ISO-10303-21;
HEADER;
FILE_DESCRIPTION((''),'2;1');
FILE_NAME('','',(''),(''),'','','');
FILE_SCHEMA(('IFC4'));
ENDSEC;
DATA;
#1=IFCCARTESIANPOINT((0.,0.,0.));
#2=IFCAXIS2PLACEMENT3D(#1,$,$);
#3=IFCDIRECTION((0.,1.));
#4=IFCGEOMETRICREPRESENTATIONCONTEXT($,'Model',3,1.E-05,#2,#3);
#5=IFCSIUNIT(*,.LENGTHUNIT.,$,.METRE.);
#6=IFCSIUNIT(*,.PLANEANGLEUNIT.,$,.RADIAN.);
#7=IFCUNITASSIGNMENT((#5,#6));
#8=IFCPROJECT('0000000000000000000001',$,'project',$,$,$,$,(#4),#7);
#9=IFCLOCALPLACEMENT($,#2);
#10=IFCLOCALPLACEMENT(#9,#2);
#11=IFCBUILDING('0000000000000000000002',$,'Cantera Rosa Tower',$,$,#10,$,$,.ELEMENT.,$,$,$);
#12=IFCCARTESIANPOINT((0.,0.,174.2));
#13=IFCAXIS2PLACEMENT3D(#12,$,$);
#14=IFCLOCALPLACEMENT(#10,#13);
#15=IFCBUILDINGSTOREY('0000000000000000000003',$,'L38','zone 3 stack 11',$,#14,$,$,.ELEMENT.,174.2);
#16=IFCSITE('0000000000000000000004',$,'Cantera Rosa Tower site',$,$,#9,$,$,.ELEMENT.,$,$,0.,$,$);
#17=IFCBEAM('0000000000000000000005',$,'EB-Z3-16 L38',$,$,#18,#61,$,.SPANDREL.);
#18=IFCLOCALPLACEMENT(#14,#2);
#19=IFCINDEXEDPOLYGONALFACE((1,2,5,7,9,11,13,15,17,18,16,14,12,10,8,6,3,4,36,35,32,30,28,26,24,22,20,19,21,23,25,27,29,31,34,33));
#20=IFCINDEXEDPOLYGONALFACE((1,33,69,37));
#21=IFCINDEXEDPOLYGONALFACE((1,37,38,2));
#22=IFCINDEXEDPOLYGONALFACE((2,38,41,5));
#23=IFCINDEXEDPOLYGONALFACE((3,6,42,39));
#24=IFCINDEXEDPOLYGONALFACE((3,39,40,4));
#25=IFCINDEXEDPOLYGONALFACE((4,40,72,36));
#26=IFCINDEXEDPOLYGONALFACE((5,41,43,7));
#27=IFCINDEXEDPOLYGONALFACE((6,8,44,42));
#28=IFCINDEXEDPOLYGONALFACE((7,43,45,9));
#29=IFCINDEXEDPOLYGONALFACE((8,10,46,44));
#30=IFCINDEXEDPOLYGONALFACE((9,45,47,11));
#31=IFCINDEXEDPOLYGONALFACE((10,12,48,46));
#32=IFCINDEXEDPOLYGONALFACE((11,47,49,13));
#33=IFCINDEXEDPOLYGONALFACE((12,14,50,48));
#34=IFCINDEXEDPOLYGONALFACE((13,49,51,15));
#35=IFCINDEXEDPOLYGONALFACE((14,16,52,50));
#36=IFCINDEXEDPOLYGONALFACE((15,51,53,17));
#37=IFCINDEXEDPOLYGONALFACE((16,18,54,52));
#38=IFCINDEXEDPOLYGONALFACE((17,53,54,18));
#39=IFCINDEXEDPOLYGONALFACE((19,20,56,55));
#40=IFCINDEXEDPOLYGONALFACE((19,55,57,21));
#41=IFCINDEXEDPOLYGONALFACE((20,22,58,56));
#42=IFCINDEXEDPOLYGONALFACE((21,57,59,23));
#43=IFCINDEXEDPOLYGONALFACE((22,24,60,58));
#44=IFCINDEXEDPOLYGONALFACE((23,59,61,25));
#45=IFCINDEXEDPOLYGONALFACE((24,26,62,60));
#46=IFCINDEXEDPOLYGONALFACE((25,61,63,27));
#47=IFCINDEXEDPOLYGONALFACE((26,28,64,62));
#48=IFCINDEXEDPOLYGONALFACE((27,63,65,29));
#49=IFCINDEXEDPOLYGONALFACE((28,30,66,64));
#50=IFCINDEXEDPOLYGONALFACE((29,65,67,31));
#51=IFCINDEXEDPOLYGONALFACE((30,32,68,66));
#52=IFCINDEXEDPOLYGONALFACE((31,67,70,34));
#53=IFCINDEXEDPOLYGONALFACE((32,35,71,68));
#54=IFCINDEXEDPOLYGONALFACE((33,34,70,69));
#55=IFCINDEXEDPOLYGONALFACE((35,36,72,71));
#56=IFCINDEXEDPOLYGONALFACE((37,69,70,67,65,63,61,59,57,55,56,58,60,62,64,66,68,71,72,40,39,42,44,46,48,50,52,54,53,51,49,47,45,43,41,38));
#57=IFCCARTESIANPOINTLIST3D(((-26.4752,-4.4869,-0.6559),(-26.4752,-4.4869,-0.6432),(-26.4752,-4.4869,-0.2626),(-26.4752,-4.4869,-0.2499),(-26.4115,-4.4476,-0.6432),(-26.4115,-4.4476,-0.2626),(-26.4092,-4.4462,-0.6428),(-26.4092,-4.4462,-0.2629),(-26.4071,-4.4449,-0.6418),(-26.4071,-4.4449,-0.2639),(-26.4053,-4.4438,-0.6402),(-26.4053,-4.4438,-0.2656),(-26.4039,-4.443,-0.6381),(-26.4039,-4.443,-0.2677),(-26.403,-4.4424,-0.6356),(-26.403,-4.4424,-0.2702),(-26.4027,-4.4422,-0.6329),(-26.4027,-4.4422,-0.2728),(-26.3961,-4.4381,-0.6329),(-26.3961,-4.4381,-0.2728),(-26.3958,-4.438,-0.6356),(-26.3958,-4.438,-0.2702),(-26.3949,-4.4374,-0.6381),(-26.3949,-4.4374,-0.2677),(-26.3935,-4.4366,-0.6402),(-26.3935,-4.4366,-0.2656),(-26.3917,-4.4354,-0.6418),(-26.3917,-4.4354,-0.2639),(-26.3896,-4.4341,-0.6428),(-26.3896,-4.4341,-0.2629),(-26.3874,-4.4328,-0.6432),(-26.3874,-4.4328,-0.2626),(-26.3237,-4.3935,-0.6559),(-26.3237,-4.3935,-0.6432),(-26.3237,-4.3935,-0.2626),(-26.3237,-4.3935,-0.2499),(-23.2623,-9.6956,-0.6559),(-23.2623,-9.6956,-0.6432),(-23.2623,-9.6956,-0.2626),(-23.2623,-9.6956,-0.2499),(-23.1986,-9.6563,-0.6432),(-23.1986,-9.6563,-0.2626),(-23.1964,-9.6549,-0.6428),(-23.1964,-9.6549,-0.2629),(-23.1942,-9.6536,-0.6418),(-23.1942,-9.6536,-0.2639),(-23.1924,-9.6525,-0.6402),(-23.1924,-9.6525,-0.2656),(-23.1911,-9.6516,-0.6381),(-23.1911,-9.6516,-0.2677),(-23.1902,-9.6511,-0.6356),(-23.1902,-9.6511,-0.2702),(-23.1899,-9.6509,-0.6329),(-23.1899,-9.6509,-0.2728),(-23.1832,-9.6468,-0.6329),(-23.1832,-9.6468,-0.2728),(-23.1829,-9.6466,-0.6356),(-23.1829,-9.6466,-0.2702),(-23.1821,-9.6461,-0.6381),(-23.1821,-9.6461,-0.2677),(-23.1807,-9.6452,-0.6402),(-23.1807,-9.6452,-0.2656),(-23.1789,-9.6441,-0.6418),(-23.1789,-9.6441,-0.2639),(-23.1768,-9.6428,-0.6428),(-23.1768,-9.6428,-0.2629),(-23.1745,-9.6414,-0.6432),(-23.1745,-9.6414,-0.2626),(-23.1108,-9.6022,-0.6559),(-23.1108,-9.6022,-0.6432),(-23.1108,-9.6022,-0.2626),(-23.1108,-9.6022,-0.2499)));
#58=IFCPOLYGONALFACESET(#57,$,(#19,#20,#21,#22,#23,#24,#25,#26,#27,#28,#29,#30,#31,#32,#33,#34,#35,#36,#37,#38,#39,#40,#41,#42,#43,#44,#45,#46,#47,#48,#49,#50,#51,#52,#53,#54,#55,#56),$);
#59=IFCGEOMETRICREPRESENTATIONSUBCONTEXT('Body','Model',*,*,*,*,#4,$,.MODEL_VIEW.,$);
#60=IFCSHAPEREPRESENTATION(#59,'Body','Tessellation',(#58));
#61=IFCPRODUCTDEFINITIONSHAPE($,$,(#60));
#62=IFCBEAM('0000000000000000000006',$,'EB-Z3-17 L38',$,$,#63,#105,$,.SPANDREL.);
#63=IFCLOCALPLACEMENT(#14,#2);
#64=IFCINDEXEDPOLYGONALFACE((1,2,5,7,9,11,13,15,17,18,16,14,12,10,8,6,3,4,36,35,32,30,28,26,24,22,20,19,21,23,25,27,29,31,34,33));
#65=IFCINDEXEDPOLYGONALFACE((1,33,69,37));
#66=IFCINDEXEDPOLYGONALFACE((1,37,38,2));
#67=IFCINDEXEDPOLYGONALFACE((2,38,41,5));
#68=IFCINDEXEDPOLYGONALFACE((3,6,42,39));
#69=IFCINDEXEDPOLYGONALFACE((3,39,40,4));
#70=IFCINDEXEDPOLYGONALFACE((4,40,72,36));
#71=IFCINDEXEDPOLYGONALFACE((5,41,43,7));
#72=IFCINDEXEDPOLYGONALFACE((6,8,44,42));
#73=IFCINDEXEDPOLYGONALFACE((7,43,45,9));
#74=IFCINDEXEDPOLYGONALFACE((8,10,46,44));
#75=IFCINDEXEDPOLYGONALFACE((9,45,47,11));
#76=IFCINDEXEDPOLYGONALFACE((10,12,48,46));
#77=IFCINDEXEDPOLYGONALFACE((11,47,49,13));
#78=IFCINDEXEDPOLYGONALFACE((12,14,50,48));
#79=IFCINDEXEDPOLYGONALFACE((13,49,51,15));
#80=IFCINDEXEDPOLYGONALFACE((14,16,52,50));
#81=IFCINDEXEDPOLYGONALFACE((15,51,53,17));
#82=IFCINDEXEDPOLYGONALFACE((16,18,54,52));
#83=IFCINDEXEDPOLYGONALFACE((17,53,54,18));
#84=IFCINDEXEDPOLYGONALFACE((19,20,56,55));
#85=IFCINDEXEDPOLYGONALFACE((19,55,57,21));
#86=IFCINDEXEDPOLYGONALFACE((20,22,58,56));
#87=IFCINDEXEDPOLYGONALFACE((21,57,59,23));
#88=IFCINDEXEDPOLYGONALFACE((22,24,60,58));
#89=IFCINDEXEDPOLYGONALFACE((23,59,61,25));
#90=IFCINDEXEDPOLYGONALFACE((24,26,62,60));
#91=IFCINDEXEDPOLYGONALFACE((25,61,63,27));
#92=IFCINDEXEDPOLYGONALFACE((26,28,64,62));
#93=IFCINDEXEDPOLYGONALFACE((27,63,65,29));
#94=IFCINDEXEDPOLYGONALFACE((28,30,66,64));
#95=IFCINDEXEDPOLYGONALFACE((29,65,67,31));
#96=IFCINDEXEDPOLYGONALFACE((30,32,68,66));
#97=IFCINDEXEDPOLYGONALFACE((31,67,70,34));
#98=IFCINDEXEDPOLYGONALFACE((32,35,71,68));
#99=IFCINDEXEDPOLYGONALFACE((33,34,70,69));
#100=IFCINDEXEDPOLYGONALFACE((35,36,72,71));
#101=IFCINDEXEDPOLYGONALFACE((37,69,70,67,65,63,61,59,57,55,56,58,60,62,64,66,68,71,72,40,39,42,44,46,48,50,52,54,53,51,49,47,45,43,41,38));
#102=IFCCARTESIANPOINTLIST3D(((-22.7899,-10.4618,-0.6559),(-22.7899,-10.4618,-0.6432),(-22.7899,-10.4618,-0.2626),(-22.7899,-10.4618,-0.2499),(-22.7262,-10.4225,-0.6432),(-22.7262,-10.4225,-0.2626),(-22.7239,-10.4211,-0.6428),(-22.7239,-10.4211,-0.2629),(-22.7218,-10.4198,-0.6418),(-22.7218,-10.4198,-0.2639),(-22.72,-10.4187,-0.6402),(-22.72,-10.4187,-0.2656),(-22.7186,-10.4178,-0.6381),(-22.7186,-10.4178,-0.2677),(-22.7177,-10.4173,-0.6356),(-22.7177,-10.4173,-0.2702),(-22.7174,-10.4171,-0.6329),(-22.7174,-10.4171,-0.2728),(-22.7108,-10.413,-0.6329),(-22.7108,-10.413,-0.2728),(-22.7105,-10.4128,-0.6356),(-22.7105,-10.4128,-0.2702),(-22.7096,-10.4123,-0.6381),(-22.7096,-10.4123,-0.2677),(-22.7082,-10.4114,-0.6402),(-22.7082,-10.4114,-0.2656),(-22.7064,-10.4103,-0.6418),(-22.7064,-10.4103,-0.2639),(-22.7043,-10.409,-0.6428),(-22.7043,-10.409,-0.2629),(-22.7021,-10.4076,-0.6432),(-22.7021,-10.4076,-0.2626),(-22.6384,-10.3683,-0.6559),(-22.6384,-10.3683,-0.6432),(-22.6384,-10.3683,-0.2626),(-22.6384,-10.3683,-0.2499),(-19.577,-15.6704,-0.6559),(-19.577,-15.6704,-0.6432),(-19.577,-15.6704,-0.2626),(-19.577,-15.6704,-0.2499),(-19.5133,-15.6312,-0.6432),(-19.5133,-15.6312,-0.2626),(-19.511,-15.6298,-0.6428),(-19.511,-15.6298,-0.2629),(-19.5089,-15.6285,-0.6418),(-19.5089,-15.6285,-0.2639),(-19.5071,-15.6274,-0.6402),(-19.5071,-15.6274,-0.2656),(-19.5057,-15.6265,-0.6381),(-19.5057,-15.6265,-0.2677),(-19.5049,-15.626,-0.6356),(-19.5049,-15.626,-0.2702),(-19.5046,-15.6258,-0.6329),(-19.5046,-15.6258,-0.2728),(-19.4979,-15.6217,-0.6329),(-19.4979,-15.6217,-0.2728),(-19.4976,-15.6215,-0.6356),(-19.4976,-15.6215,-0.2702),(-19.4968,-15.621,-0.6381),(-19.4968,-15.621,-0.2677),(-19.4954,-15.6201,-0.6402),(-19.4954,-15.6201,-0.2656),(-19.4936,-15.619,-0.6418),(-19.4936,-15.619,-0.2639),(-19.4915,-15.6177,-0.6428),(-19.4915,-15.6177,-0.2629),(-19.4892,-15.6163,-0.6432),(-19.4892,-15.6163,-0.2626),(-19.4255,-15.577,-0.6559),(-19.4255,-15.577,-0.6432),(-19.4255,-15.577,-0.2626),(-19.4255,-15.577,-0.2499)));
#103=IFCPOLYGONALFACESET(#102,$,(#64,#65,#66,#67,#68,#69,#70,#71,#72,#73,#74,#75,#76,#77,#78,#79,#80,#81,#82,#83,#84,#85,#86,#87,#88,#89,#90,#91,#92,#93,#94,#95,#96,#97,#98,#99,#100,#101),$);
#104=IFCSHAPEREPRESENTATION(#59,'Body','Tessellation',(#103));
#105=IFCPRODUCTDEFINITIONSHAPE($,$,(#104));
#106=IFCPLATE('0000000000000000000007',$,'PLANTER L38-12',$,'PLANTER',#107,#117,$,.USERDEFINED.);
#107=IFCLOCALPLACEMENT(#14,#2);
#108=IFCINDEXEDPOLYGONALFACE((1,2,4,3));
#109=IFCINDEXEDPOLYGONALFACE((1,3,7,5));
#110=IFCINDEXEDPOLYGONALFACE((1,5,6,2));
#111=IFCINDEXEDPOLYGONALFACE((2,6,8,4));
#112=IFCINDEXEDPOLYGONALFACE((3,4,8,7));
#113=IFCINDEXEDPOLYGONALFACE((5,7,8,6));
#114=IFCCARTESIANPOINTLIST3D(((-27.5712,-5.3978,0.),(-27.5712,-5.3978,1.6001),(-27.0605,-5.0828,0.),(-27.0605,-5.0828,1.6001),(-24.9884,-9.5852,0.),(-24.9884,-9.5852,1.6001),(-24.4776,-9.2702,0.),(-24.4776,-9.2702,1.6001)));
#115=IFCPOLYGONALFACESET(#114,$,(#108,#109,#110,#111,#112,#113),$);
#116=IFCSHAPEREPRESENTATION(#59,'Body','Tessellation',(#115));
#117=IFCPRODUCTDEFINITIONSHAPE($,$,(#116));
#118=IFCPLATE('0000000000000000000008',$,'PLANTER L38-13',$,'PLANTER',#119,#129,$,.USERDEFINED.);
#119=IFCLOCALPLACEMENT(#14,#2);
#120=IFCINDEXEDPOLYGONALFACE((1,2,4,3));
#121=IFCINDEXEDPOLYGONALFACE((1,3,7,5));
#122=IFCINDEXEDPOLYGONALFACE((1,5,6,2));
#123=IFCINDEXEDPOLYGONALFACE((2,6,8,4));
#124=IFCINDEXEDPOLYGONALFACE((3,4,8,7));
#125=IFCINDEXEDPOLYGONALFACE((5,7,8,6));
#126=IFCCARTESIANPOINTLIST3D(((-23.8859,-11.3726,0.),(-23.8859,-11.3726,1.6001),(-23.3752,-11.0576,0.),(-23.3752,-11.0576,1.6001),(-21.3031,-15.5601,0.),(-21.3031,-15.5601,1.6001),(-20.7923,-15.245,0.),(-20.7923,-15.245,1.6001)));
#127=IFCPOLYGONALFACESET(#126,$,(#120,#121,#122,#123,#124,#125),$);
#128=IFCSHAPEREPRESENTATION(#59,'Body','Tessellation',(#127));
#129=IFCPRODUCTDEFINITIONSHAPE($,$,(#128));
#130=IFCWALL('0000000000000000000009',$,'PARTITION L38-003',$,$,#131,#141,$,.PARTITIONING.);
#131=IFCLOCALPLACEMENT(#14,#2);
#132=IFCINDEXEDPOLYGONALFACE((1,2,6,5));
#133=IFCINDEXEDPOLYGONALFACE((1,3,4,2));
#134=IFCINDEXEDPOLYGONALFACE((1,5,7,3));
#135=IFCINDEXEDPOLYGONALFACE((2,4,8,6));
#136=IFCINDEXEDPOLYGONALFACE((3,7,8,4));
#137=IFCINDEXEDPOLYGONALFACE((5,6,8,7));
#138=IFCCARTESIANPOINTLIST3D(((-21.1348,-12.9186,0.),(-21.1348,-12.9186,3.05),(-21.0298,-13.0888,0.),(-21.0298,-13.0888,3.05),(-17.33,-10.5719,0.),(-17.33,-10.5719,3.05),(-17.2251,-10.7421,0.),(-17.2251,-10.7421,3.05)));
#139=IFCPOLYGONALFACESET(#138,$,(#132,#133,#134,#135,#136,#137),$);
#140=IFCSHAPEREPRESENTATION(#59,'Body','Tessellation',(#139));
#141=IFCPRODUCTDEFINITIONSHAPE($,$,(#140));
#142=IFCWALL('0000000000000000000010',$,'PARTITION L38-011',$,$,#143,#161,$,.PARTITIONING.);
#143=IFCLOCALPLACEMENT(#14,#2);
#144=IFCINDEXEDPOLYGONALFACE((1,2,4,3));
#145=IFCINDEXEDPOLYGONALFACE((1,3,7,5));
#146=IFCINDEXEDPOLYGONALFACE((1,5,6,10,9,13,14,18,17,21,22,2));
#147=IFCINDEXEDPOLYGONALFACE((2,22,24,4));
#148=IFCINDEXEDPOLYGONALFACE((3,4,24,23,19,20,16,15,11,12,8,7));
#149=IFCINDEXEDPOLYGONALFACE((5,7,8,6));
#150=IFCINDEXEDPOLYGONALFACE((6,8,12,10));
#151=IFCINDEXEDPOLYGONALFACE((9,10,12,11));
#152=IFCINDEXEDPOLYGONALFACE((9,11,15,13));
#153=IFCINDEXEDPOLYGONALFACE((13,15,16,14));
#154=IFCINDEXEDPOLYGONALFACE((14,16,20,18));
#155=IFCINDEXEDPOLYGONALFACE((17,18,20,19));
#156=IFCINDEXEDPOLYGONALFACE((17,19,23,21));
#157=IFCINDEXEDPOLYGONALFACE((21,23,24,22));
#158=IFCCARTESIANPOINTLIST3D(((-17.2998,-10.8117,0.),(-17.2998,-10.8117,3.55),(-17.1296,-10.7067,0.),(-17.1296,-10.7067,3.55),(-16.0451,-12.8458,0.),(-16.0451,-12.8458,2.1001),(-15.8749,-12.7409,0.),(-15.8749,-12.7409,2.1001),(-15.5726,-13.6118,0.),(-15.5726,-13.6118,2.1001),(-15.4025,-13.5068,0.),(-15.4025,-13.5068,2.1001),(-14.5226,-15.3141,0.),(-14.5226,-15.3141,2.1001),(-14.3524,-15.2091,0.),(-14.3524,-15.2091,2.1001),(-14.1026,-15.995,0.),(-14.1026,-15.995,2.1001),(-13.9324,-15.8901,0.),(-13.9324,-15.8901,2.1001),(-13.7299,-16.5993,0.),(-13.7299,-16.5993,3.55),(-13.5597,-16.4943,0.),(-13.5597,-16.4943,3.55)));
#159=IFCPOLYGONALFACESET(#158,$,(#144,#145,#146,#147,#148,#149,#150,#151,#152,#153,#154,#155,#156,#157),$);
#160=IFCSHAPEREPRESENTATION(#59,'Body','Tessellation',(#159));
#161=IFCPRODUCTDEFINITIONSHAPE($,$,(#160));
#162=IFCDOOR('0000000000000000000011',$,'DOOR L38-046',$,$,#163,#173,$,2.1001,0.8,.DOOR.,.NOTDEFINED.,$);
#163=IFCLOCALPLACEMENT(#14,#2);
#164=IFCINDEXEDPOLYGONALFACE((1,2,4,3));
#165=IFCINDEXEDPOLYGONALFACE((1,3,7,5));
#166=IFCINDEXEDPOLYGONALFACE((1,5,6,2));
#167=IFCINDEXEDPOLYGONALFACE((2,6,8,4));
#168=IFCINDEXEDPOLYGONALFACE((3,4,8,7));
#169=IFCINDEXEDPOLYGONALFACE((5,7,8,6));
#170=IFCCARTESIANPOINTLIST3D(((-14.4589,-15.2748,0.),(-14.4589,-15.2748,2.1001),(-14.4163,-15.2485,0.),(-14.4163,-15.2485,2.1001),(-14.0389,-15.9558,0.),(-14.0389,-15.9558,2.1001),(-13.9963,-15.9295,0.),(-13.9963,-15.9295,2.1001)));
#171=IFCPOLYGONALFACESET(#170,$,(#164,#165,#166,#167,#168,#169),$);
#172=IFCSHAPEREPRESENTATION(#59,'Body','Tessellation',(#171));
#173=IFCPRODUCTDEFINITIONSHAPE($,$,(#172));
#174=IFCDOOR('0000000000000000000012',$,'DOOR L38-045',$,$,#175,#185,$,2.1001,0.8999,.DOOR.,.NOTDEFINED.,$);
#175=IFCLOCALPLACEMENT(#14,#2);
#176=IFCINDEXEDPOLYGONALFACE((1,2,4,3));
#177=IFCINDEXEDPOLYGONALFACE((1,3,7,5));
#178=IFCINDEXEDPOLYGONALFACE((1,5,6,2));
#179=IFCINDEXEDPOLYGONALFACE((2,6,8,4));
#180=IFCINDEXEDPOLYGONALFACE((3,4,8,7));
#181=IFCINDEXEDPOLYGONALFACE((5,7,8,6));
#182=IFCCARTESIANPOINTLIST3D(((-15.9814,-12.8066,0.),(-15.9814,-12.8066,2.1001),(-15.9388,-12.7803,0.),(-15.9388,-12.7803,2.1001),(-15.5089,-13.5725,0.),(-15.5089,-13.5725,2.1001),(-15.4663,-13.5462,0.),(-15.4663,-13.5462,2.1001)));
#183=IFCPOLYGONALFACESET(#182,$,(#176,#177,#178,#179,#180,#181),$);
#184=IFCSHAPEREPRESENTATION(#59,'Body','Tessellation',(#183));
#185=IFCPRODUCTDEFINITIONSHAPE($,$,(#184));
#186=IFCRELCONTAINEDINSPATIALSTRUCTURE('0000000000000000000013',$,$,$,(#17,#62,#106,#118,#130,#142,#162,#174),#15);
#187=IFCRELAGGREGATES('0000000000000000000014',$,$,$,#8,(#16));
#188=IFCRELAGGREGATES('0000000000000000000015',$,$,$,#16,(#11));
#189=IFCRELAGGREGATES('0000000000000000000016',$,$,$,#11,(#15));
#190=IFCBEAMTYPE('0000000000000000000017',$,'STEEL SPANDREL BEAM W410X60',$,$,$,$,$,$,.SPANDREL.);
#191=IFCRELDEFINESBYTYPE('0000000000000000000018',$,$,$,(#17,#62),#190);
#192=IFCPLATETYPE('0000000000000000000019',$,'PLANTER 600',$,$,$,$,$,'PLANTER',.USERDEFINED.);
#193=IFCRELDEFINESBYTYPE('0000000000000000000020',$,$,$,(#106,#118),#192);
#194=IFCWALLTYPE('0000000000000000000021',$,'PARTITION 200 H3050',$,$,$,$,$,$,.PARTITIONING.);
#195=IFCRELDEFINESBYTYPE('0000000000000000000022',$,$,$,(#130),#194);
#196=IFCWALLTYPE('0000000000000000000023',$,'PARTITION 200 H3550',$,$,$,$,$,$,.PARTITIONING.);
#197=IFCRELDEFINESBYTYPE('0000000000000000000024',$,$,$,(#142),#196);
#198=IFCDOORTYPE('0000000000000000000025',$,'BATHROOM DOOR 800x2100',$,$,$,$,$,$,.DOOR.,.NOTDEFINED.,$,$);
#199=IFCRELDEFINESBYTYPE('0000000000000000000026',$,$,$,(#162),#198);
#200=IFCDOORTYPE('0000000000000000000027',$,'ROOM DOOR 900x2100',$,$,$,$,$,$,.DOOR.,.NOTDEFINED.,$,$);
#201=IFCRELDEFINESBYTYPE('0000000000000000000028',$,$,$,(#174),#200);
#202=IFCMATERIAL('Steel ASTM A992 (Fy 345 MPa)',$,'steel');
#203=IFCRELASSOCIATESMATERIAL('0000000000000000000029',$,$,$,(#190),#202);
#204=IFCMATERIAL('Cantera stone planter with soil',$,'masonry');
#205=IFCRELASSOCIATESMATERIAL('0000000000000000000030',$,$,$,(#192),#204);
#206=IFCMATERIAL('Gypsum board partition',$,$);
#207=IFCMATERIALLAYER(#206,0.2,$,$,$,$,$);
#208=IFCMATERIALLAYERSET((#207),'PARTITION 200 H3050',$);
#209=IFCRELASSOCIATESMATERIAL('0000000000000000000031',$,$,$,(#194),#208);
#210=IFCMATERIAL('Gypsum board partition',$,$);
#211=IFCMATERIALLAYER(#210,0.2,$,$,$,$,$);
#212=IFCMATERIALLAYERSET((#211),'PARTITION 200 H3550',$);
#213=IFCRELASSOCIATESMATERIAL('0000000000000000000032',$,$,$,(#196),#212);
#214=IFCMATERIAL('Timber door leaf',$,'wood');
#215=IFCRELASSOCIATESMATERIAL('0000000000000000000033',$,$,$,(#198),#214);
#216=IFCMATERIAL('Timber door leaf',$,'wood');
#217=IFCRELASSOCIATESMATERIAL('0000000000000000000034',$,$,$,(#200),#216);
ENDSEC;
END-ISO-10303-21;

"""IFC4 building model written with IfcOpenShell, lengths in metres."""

from ifc_helpers import new_model, si_unit, direction, frame, frame_2d, origin, origin_2d, place, context, subcontext, project, spatial, rectangle, i_section, extrude, material, layer, layer_set, material_profile, profile_set, type_object, element, fill, save


model = new_model("IFC4")

# Units and contexts
model_context = context("Model", 3, precision=1e-05, world=origin(), true_north=direction((0.0, 1.0)))
body_context = subcontext(model_context, "Body", "Model", "MODEL_VIEW")
ifc_project = project(units=[si_unit("LENGTHUNIT", "METRE"), si_unit("PLANEANGLEUNIT", "RADIAN")], contexts=[model_context])

# Site, building, storey
site_placement = place(None, origin())
site = spatial("IfcSite", under=ifc_project, at=site_placement, Name="Cantera Rosa Tower site", CompositionType="ELEMENT", RefElevation=0.0)
building_placement = place(site_placement, origin())
building = spatial("IfcBuilding", under=site, at=building_placement, Name="Cantera Rosa Tower", CompositionType="ELEMENT")
storey_placement = place(building_placement, frame((0.0, 0.0, 174.2)))
storey = spatial("IfcBuildingStorey", under=building, at=storey_placement, Name="L38", Description="zone 3 stack 11", CompositionType="ELEMENT", Elevation=174.2)

# Beams
ifc_material_1 = material(Name="Steel ASTM A992 (Fy 345 MPa)", Category="steel")
ifc_material_profile_1 = material_profile(ifc_material_1, i_section(OverallWidth=0.178, OverallDepth=0.406, WebThickness=0.0078, FlangeThickness=0.0127, FilletRadius=0.0103, at=origin_2d()), Name="W410X60")
ifc_profile_set_1 = profile_set([ifc_material_profile_1], Name="Steel ASTM A992 (Fy 345 MPa)")
beam_type_1 = type_object("IfcBeamType", Name="STEEL SPANDREL BEAM W410X60", PredefinedType="SPANDREL", material=ifc_profile_set_1)
for number, where, z_axis, x_axis, name in (
    (1, (-26.3994, -4.4402, -0.4529), (0.524987, -0.85111, 0.0), (0.85111, 0.524987, 0.0), "EB-Z3-16 L38"),
    (2, (-22.7141, -10.415, -0.4529), (0.524987, -0.85111, 0.0), (0.85111, 0.524987, 0.0), "EB-Z3-17 L38"),
):
    element("IfcBeam", number, at=place(storey_placement, frame(where, z_axis=z_axis, x_axis=x_axis)), inside=storey, type_object=beam_type_1, Name=name, PredefinedType="SPANDREL", context=body_context, shape_type="SweptSolid", body=[
        extrude(i_section(OverallWidth=0.178, OverallDepth=0.406, WebThickness=0.0078, FlangeThickness=0.0127, FilletRadius=0.0103, at=origin_2d()), origin(), (0.0, 0.0, 1.0), 6.1199),
    ])

# Plates
ifc_material_2 = material(Name="Cantera stone planter with soil", Category="masonry")
plate_type = type_object("IfcPlateType", Name="PLANTER 600", ElementType="PLANTER", PredefinedType="USERDEFINED", material=ifc_material_2)
for number, where, z_axis, x_axis, name in (
    (3, (-26.0244, -7.334, 0.0), (0.0, 0.0, 1.0), (0.524977, -0.851117, 0.0), "PLANTER L38-12"),
    (4, (-22.3391, -13.3088, 0.0), (0.0, 0.0, 1.0), (0.524977, -0.851117, 0.0), "PLANTER L38-13"),
):
    element("IfcPlate", number, at=place(storey_placement, frame(where, z_axis=z_axis, x_axis=x_axis)), inside=storey, type_object=plate_type, Name=name, ObjectType="PLANTER", PredefinedType="USERDEFINED", context=body_context, shape_type="SweptSolid", body=[
        extrude(rectangle(XDim=4.9199, YDim=0.6001, at=origin_2d()), origin(), (0.0, 0.0, 1.0), 1.6001),
    ])

# Wall
ifc_material_3 = material(Name="Gypsum board partition")
ifc_layer_1 = layer(ifc_material_3, 0.2)
ifc_layer_set_1 = layer_set([ifc_layer_1], Name="PARTITION 200 H3050")
wall_type_1 = type_object("IfcWallType", Name="PARTITION 200 H3050", PredefinedType="PARTITIONING", material=ifc_layer_set_1)
wall_1_placement = place(storey_placement, frame((-21.0823, -13.0037, 0.0), z_axis=(0.0, 0.0, 1.0), x_axis=(0.851125, 0.524963, 0.0)))
element("IfcWall", 5, at=wall_1_placement, inside=storey, type_object=wall_type_1, Name="PARTITION L38-003", PredefinedType="PARTITIONING", context=body_context, shape_type="SweptSolid", body=[
    extrude(rectangle(XDim=4.4702, YDim=0.2, at=frame_2d((2.2351, 0.0))), origin(), (0.0, 0.0, 1.0), 3.05),
])

# Wall, openings, doors
ifc_material_4 = material(Name="Gypsum board partition")
ifc_layer_2 = layer(ifc_material_4, 0.2)
ifc_layer_set_2 = layer_set([ifc_layer_2], Name="PARTITION 200 H3550")
wall_type_2 = type_object("IfcWallType", Name="PARTITION 200 H3550", PredefinedType="PARTITIONING", material=ifc_layer_set_2)
wall_2_placement = place(storey_placement, frame((-17.2146, -10.7593, 0.0), z_axis=(0.0, 0.0, 1.0), x_axis=(0.524975, -0.851118, 0.0)))
wall_2 = element("IfcWall", 6, at=wall_2_placement, inside=storey, type_object=wall_type_2, Name="PARTITION L38-011", PredefinedType="PARTITIONING", context=body_context, shape_type="SweptSolid", body=[
    extrude(rectangle(XDim=6.8, YDim=0.2, at=frame_2d((3.3999, 0.0))), origin(), (0.0, 0.0, 1.0), 3.55),
])
opening_1_placement = place(wall_2_placement, frame((2.3899, 0.0, 0.0)))
opening_1 = element("IfcOpeningElement", 7, at=opening_1_placement, cuts=wall_2, PredefinedType="OPENING", context=body_context, shape_type="SweptSolid", body=[
    extrude(rectangle(XDim=0.8999, YDim=2.1001, at=frame_2d((0.45, 1.05))), frame((0.0, 0.1099, 0.0), z_axis=(0.0, -1.0, 0.0), x_axis=(1.0, 0.0, 0.0)), (0.0, 0.0, 1.0), 0.22),
])
opening_2_placement = place(wall_2_placement, frame((5.29, 0.0, 0.0)))
opening_2 = element("IfcOpeningElement", 8, at=opening_2_placement, cuts=wall_2, PredefinedType="OPENING", context=body_context, shape_type="SweptSolid", body=[
    extrude(rectangle(XDim=0.8, YDim=2.1001, at=frame_2d((0.3999, 1.05))), frame((0.0, 0.1099, 0.0), z_axis=(0.0, -1.0, 0.0), x_axis=(1.0, 0.0, 0.0)), (0.0, 0.0, 1.0), 0.22),
])
ifc_material_5 = material(Name="Timber door leaf", Category="wood")
door_type_1 = type_object("IfcDoorType", Name="BATHROOM DOOR 800x2100", OperationType="NOTDEFINED", PredefinedType="DOOR", material=ifc_material_5)
door_1_placement = place(opening_2_placement, origin())
door_1 = element("IfcDoor", 9, at=door_1_placement, inside=storey, type_object=door_type_1, Name="DOOR L38-046", OperationType="NOTDEFINED", OverallHeight=2.1001, OverallWidth=0.8, PredefinedType="DOOR", context=body_context, shape_type="SweptSolid", body=[
    extrude(rectangle(XDim=0.8, YDim=2.1001, at=frame_2d((0.3999, 1.05))), frame((0.0, 0.0249, 0.0), z_axis=(0.0, -1.0, 0.0), x_axis=(1.0, 0.0, 0.0)), (0.0, 0.0, 1.0), 0.05),
])
fill(opening_2, door_1)
ifc_material_6 = material(Name="Timber door leaf", Category="wood")
door_type_2 = type_object("IfcDoorType", Name="ROOM DOOR 900x2100", OperationType="NOTDEFINED", PredefinedType="DOOR", material=ifc_material_6)
door_2_placement = place(opening_1_placement, origin())
door_2 = element("IfcDoor", 10, at=door_2_placement, inside=storey, type_object=door_type_2, Name="DOOR L38-045", OperationType="NOTDEFINED", OverallHeight=2.1001, OverallWidth=0.8999, PredefinedType="DOOR", context=body_context, shape_type="SweptSolid", body=[
    extrude(rectangle(XDim=0.8999, YDim=2.1001, at=frame_2d((0.45, 1.05))), frame((0.0, 0.0249, 0.0), z_axis=(0.0, -1.0, 0.0), x_axis=(1.0, 0.0, 0.0)), (0.0, 0.0, 1.0), 0.05),
])
fill(opening_1, door_2)

save(model, "model.ifc")
